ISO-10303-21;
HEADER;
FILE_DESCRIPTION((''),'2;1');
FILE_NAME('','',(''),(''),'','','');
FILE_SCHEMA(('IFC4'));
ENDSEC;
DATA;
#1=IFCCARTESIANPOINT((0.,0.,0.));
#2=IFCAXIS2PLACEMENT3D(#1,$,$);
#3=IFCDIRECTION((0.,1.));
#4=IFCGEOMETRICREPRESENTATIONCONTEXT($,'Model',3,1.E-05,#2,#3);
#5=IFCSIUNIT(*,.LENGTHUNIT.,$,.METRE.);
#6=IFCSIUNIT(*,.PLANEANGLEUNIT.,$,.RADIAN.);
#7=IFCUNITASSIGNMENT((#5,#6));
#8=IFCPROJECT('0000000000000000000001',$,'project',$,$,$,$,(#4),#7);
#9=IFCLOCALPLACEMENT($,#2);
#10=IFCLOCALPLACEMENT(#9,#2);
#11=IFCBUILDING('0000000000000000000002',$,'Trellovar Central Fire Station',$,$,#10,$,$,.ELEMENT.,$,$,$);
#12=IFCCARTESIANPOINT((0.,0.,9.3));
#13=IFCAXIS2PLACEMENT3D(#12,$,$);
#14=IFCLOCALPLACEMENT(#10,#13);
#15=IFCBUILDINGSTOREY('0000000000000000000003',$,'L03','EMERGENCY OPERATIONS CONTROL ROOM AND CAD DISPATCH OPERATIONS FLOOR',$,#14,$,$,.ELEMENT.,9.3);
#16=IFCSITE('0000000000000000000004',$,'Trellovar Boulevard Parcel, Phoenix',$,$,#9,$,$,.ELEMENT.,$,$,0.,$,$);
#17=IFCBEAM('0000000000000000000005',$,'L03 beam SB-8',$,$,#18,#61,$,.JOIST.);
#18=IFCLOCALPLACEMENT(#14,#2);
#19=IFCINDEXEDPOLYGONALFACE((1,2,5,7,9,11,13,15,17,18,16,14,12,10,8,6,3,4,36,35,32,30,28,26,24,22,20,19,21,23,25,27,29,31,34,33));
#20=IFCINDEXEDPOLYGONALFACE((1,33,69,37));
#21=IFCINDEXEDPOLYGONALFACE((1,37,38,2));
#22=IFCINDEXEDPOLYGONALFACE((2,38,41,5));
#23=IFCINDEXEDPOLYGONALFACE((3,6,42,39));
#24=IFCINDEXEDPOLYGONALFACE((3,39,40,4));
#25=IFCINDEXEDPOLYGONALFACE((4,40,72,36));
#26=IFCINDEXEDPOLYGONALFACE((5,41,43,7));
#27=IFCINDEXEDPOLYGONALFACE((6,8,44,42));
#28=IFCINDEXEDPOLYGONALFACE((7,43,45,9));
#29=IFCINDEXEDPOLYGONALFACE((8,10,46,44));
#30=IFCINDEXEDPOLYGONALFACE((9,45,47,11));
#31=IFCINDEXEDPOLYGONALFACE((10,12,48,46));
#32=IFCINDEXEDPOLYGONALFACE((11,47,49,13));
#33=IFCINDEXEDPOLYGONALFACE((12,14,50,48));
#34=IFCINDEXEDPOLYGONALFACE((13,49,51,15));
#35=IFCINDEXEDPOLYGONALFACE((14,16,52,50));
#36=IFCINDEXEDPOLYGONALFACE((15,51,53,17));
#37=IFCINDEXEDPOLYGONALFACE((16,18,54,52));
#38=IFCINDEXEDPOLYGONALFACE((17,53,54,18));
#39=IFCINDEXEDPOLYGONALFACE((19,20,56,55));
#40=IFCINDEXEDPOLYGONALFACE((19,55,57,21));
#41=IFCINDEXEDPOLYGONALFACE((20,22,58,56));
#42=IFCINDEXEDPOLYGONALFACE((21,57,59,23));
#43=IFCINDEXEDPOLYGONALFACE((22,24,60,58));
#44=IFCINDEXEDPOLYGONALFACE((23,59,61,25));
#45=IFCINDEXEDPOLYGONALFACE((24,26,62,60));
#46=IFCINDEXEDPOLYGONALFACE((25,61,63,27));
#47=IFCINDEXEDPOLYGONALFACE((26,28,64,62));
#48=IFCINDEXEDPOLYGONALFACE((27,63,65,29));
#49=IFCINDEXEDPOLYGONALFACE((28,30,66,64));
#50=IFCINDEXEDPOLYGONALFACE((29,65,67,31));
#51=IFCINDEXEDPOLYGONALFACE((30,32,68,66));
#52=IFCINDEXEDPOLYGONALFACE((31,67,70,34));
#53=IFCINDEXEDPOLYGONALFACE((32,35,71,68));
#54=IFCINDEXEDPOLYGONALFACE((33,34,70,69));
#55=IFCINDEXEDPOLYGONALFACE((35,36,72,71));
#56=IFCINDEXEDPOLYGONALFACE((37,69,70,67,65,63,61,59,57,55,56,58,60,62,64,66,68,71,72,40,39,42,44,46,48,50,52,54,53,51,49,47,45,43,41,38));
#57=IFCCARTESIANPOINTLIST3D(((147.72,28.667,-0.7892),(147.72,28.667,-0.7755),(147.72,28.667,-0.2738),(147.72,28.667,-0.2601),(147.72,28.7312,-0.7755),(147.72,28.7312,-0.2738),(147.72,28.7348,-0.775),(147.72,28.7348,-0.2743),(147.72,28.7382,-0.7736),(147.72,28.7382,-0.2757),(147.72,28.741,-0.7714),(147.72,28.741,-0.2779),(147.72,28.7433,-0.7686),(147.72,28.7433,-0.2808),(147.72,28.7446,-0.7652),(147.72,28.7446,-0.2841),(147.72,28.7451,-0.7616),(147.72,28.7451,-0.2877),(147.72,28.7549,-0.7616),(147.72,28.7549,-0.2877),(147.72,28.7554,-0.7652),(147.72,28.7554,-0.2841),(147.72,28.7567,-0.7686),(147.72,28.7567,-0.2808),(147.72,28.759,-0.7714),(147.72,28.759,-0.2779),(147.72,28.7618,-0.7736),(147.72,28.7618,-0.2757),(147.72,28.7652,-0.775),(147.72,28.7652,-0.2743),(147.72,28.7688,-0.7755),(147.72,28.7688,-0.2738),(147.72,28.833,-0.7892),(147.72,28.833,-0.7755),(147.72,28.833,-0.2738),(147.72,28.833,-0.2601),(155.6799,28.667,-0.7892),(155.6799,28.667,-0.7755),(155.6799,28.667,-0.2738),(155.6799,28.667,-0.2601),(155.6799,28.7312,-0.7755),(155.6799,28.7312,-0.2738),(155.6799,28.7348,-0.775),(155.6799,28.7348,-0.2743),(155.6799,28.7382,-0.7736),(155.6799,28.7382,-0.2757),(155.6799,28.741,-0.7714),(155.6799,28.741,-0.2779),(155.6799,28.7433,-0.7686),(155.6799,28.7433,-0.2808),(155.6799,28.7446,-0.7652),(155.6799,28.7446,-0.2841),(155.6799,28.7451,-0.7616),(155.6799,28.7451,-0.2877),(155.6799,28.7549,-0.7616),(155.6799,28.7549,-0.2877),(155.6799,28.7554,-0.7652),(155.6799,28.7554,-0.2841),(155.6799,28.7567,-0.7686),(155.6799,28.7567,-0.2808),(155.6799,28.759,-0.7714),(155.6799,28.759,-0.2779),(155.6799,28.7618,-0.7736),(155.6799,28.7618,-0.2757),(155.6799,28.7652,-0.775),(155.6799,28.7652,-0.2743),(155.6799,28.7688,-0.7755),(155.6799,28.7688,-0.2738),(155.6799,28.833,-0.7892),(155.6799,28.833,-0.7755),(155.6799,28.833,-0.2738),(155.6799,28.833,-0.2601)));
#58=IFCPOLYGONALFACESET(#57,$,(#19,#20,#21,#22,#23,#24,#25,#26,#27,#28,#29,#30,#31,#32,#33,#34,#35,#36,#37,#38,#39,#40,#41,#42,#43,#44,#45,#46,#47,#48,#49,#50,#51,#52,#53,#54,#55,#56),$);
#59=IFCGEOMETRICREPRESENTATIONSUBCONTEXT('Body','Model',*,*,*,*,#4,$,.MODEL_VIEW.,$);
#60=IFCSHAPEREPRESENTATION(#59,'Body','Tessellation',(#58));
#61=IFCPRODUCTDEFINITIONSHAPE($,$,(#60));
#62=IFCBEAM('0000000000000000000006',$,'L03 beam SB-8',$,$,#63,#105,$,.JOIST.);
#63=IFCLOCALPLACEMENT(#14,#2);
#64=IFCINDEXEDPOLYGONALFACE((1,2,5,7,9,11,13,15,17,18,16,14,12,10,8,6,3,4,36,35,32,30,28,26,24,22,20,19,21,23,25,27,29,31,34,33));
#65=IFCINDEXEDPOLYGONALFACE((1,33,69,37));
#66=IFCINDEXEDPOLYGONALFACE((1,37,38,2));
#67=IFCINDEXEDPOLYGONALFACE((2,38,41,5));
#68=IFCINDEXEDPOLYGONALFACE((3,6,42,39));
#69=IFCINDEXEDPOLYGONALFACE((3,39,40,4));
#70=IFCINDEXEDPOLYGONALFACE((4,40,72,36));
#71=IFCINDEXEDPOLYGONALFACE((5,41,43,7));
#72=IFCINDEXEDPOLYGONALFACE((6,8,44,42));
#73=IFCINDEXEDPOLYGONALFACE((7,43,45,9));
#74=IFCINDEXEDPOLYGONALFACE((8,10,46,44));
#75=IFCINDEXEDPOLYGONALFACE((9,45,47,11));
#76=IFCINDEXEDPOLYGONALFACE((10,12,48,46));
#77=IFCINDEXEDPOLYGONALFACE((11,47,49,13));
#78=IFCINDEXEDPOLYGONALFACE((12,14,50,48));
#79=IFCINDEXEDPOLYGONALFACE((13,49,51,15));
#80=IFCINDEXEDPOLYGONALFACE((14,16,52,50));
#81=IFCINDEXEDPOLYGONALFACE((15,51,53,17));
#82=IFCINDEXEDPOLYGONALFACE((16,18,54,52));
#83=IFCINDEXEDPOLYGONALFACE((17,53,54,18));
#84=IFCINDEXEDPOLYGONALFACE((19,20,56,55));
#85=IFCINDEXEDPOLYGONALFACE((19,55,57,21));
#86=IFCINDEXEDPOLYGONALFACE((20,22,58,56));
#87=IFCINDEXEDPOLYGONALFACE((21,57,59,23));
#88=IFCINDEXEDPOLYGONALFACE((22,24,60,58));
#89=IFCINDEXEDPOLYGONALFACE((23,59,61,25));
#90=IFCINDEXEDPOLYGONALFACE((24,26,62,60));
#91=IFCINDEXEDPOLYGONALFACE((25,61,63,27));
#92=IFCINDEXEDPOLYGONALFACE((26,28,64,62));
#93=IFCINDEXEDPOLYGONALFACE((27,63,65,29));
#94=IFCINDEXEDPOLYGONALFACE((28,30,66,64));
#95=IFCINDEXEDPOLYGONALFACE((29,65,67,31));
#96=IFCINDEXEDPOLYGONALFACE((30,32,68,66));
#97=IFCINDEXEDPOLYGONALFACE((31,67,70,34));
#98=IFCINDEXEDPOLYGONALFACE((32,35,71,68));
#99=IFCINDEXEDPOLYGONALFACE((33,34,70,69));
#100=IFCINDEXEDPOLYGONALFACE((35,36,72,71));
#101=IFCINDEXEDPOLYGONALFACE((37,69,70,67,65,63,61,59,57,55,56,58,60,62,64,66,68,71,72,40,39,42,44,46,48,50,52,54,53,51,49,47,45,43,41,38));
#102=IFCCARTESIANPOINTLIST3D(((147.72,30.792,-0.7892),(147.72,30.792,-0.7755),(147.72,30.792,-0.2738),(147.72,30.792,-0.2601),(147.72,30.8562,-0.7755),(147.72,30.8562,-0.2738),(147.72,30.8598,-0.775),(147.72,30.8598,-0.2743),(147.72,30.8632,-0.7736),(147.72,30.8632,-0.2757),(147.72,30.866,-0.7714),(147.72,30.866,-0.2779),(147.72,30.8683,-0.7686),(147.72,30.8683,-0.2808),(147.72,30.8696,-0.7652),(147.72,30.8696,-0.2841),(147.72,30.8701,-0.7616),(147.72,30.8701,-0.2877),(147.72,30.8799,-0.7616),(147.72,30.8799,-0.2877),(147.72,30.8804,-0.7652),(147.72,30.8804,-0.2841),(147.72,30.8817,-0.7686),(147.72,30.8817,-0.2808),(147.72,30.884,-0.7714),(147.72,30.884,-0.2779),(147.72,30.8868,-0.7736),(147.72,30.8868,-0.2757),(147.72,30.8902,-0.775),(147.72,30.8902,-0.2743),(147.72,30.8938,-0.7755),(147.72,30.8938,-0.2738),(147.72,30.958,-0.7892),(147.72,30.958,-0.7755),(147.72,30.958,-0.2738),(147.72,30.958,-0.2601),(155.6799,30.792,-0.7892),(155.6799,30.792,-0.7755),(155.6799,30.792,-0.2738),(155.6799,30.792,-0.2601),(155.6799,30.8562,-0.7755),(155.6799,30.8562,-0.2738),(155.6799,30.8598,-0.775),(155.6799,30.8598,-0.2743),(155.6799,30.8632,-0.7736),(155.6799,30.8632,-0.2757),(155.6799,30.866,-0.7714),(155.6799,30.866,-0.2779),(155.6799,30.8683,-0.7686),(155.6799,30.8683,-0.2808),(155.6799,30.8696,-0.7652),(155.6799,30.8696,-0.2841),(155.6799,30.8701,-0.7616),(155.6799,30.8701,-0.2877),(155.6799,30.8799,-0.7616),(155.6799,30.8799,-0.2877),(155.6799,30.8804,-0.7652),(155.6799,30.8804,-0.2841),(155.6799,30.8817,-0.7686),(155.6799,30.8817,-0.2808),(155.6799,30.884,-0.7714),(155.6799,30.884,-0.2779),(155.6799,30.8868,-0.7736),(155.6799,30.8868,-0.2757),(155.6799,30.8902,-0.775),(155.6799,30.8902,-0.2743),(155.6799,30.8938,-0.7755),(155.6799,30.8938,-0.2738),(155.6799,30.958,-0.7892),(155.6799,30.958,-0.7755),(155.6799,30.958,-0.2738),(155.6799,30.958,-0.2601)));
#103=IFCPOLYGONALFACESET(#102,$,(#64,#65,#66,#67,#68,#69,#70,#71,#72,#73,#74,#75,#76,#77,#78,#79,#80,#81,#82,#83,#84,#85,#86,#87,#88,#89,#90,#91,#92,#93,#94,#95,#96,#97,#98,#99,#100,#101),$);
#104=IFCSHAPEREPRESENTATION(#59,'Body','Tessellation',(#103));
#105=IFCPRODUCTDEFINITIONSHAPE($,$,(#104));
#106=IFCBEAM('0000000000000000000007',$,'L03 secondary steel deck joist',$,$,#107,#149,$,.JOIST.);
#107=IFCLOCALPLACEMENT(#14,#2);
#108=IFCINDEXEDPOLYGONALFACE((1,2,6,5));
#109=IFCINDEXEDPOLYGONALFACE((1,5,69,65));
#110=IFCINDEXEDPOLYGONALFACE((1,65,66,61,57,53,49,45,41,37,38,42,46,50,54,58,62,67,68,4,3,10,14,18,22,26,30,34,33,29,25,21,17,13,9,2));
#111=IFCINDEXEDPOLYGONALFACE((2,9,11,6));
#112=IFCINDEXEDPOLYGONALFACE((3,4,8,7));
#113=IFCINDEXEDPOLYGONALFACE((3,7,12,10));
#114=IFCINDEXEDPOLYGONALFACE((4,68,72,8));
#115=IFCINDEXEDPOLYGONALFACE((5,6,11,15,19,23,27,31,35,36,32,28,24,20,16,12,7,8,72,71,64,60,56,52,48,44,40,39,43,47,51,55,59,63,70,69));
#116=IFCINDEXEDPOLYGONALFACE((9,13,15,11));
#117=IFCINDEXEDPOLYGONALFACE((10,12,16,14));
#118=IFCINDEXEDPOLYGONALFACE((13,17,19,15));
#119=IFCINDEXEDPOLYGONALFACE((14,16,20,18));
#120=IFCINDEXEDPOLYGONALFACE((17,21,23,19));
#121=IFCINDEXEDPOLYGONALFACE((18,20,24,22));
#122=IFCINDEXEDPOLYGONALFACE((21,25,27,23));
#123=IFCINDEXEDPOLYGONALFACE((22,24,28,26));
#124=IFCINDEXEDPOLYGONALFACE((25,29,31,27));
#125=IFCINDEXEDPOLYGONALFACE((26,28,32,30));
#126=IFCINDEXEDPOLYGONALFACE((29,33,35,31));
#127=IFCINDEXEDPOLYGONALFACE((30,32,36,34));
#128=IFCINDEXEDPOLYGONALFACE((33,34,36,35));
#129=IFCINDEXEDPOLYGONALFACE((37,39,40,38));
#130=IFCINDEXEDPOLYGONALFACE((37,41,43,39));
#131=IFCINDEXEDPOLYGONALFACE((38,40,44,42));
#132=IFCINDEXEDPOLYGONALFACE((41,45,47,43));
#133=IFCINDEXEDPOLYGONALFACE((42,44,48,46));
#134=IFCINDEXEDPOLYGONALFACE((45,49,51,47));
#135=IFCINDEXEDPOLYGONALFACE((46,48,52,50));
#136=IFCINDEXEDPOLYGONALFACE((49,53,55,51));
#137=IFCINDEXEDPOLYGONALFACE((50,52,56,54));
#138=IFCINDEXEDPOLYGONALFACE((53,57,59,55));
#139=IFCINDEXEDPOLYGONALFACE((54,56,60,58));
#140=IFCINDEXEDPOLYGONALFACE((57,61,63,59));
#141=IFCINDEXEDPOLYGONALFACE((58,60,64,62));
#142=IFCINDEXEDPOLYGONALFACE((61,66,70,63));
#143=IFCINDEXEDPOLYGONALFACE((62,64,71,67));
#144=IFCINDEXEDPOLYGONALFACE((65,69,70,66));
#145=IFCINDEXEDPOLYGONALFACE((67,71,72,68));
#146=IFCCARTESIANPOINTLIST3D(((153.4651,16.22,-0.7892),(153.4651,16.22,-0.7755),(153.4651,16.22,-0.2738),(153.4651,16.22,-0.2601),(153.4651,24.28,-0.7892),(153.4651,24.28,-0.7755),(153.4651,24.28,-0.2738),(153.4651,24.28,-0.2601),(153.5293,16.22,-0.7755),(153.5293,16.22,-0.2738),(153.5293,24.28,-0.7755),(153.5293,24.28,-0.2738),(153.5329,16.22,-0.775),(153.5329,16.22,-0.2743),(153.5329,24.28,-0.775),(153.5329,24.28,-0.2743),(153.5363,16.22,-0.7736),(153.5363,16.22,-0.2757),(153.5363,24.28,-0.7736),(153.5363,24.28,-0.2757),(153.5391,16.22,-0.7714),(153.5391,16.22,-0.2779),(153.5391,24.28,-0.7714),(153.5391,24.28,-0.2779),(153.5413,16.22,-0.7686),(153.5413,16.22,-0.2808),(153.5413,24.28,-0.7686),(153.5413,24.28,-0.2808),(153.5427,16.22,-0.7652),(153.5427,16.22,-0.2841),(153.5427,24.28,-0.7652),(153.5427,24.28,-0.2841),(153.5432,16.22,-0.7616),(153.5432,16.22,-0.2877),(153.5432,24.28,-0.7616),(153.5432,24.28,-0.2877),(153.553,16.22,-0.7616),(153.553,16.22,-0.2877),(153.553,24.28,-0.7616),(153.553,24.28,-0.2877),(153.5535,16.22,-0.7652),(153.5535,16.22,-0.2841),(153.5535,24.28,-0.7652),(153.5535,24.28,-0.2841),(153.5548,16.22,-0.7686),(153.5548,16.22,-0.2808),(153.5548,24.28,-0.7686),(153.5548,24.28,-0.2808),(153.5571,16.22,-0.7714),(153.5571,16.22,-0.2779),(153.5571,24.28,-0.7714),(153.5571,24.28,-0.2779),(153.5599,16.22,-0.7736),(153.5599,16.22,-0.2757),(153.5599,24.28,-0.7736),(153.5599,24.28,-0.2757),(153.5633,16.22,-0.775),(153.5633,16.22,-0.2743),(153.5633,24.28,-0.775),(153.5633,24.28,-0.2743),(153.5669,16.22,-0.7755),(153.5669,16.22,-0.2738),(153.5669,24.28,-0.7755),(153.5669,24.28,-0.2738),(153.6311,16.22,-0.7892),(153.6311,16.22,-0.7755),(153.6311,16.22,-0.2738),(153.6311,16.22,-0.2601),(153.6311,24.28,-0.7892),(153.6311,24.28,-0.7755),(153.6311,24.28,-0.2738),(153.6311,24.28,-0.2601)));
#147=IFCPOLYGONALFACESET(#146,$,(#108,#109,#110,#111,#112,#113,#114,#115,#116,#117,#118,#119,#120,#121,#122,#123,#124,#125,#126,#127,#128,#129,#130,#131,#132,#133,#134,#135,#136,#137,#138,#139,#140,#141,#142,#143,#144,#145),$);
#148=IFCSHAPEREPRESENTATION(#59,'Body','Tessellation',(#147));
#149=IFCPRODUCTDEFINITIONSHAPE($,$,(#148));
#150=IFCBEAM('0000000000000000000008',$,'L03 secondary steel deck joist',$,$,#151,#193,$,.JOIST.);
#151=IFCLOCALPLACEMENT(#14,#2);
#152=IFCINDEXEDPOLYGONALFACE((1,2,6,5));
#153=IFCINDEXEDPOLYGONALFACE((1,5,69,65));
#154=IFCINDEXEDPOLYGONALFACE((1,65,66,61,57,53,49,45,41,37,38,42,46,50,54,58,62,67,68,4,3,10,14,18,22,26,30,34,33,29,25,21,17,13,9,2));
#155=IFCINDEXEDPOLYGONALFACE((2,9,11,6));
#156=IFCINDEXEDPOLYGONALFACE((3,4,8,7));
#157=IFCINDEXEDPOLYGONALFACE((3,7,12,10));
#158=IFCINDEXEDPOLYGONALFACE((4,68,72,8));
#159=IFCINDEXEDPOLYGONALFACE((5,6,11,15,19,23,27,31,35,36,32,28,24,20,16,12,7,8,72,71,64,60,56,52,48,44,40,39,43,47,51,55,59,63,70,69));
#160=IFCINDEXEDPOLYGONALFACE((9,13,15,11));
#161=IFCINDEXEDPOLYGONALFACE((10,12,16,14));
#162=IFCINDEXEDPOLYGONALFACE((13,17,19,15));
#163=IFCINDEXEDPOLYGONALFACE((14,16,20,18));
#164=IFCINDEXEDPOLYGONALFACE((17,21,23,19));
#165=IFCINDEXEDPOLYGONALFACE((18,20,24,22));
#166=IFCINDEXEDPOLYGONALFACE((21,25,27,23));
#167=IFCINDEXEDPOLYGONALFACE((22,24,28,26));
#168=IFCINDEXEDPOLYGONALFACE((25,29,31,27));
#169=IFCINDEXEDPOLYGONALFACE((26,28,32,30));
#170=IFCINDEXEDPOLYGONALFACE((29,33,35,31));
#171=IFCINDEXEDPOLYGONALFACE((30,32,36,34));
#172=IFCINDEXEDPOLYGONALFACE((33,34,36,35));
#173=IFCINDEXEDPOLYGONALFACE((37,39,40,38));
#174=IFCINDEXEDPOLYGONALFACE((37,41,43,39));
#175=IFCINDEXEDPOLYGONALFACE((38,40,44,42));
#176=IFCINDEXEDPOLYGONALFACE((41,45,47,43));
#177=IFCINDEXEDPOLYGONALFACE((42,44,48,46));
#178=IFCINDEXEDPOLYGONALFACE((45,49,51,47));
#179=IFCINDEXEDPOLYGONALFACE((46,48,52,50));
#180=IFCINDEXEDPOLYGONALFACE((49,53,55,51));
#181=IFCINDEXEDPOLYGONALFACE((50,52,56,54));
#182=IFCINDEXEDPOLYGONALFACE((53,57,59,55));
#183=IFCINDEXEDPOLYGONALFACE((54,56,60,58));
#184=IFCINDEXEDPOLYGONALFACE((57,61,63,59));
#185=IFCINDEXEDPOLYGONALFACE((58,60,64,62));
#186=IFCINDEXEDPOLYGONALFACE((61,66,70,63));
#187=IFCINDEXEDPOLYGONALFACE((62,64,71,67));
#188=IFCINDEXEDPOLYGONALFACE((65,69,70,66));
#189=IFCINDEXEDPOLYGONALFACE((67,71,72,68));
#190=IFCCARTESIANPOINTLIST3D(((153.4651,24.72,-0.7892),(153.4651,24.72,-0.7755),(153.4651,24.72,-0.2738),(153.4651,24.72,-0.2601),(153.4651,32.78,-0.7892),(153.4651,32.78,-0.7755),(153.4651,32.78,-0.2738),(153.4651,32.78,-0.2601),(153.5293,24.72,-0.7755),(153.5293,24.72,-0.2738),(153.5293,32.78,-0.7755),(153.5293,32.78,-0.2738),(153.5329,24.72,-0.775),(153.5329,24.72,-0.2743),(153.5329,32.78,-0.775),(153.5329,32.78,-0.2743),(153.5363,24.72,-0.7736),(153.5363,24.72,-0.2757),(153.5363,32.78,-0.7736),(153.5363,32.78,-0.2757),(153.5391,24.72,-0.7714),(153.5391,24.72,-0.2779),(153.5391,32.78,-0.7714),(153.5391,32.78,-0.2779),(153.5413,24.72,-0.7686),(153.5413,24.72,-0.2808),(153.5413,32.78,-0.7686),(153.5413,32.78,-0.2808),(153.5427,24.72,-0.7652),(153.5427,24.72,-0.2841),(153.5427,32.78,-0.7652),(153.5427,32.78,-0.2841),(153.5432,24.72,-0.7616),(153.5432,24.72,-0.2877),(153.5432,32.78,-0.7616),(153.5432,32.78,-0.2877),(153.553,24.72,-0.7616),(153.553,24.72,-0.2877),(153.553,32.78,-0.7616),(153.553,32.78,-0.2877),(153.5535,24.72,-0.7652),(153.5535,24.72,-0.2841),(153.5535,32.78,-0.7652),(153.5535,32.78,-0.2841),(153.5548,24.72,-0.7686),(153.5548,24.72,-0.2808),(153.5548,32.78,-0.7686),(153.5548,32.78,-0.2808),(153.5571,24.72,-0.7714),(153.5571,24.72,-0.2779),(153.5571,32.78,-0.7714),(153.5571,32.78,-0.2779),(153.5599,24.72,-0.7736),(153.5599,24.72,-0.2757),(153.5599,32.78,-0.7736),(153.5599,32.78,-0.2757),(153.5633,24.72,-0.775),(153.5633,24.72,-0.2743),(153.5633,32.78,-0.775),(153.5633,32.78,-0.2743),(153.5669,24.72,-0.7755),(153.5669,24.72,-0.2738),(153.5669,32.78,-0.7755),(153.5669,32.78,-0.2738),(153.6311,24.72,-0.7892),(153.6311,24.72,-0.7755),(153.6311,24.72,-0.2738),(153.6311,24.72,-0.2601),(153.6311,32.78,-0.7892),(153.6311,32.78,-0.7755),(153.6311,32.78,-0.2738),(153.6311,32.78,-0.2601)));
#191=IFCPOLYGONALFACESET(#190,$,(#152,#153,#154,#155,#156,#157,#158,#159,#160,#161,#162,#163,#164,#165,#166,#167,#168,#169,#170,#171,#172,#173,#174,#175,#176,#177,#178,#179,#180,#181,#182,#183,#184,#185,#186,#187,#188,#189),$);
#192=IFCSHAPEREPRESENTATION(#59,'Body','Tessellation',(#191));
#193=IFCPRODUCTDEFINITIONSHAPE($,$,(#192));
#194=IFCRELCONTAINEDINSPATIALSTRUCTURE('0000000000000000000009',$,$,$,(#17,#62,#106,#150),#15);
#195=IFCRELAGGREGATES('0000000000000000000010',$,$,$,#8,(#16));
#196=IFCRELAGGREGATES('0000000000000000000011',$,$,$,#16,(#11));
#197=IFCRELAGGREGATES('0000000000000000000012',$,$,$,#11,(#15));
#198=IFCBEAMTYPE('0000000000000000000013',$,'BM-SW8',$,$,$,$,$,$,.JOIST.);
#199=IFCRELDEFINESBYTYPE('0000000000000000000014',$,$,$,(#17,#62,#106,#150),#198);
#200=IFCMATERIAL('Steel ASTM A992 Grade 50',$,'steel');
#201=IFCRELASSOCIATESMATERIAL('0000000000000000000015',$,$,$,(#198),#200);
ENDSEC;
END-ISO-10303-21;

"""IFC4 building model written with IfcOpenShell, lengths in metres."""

from ifc_helpers import new_model, si_unit, direction, frame, origin, origin_2d, place, context, subcontext, project, spatial, i_section, extrude, material, material_profile, profile_set, type_object, element, save


model = new_model("IFC4")

# Units and contexts
model_context = context("Model", 3, precision=1e-05, world=origin(), true_north=direction((0.0, 1.0)))
body_context = subcontext(model_context, "Body", "Model", "MODEL_VIEW")
ifc_project = project(units=[si_unit("LENGTHUNIT", "METRE"), si_unit("PLANEANGLEUNIT", "RADIAN")], contexts=[model_context])

# Site, building, storey
site_placement = place(None, origin())
site = spatial("IfcSite", under=ifc_project, at=site_placement, Name="Trellovar Boulevard Parcel, Phoenix", CompositionType="ELEMENT", RefElevation=0.0)
building_placement = place(site_placement, origin())
building = spatial("IfcBuilding", under=site, at=building_placement, Name="Trellovar Central Fire Station", CompositionType="ELEMENT")
storey_placement = place(building_placement, frame((0.0, 0.0, 9.3)))
storey = spatial("IfcBuildingStorey", under=building, at=storey_placement, Name="L03", Description="EMERGENCY OPERATIONS CONTROL ROOM AND CAD DISPATCH OPERATIONS FLOOR", CompositionType="ELEMENT", Elevation=9.3)

# Beams
ifc_material_1 = material(Name="Steel ASTM A992 Grade 50", Category="steel")
ifc_material_profile_1 = material_profile(ifc_material_1, i_section(OverallWidth=0.166, OverallDepth=0.5291, WebThickness=0.0098, FlangeThickness=0.0137, FilletRadius=0.0139, at=origin_2d()), Name="W21X50")
ifc_profile_set_1 = profile_set([ifc_material_profile_1], Name="Steel ASTM A992 Grade 50")
beam_type_1 = type_object("IfcBeamType", Name="BM-SW8", PredefinedType="JOIST", material=ifc_profile_set_1)
for number, where, z_axis, x_axis, name in (
    (1, (147.72, 28.75, -0.5247), (1.0, 0.0, 0.0), (0.0, 1.0, 0.0), "L03 beam SB-8"),
    (2, (147.72, 30.875, -0.5247), (1.0, 0.0, 0.0), (0.0, 1.0, 0.0), "L03 beam SB-8"),
):
    element("IfcBeam", number, at=place(storey_placement, frame(where, z_axis=z_axis, x_axis=x_axis)), inside=storey, type_object=beam_type_1, Name=name, PredefinedType="JOIST", context=body_context, shape_type="SweptSolid", body=[
        extrude(i_section(OverallWidth=0.166, OverallDepth=0.5291, WebThickness=0.0098, FlangeThickness=0.0137, FilletRadius=0.0139, at=origin_2d()), origin(), (0.0, 0.0, 1.0), 7.96),
    ])
for number, where, z_axis, x_axis, name in (
    (3, (153.5481, 16.22, -0.5247), (0.0, 1.0, 0.0), (-1.0, 0.0, 0.0), "L03 secondary steel deck joist"),
    (4, (153.5481, 24.72, -0.5247), (0.0, 1.0, 0.0), (-1.0, 0.0, 0.0), "L03 secondary steel deck joist"),
):
    element("IfcBeam", number, at=place(storey_placement, frame(where, z_axis=z_axis, x_axis=x_axis)), inside=storey, type_object=beam_type_1, Name=name, PredefinedType="JOIST", context=body_context, shape_type="SweptSolid", body=[
        extrude(i_section(OverallWidth=0.166, OverallDepth=0.5291, WebThickness=0.0098, FlangeThickness=0.0137, FilletRadius=0.0139, at=origin_2d()), origin(), (0.0, 0.0, 1.0), 8.0601),
    ])

save(model, "model.ifc")
